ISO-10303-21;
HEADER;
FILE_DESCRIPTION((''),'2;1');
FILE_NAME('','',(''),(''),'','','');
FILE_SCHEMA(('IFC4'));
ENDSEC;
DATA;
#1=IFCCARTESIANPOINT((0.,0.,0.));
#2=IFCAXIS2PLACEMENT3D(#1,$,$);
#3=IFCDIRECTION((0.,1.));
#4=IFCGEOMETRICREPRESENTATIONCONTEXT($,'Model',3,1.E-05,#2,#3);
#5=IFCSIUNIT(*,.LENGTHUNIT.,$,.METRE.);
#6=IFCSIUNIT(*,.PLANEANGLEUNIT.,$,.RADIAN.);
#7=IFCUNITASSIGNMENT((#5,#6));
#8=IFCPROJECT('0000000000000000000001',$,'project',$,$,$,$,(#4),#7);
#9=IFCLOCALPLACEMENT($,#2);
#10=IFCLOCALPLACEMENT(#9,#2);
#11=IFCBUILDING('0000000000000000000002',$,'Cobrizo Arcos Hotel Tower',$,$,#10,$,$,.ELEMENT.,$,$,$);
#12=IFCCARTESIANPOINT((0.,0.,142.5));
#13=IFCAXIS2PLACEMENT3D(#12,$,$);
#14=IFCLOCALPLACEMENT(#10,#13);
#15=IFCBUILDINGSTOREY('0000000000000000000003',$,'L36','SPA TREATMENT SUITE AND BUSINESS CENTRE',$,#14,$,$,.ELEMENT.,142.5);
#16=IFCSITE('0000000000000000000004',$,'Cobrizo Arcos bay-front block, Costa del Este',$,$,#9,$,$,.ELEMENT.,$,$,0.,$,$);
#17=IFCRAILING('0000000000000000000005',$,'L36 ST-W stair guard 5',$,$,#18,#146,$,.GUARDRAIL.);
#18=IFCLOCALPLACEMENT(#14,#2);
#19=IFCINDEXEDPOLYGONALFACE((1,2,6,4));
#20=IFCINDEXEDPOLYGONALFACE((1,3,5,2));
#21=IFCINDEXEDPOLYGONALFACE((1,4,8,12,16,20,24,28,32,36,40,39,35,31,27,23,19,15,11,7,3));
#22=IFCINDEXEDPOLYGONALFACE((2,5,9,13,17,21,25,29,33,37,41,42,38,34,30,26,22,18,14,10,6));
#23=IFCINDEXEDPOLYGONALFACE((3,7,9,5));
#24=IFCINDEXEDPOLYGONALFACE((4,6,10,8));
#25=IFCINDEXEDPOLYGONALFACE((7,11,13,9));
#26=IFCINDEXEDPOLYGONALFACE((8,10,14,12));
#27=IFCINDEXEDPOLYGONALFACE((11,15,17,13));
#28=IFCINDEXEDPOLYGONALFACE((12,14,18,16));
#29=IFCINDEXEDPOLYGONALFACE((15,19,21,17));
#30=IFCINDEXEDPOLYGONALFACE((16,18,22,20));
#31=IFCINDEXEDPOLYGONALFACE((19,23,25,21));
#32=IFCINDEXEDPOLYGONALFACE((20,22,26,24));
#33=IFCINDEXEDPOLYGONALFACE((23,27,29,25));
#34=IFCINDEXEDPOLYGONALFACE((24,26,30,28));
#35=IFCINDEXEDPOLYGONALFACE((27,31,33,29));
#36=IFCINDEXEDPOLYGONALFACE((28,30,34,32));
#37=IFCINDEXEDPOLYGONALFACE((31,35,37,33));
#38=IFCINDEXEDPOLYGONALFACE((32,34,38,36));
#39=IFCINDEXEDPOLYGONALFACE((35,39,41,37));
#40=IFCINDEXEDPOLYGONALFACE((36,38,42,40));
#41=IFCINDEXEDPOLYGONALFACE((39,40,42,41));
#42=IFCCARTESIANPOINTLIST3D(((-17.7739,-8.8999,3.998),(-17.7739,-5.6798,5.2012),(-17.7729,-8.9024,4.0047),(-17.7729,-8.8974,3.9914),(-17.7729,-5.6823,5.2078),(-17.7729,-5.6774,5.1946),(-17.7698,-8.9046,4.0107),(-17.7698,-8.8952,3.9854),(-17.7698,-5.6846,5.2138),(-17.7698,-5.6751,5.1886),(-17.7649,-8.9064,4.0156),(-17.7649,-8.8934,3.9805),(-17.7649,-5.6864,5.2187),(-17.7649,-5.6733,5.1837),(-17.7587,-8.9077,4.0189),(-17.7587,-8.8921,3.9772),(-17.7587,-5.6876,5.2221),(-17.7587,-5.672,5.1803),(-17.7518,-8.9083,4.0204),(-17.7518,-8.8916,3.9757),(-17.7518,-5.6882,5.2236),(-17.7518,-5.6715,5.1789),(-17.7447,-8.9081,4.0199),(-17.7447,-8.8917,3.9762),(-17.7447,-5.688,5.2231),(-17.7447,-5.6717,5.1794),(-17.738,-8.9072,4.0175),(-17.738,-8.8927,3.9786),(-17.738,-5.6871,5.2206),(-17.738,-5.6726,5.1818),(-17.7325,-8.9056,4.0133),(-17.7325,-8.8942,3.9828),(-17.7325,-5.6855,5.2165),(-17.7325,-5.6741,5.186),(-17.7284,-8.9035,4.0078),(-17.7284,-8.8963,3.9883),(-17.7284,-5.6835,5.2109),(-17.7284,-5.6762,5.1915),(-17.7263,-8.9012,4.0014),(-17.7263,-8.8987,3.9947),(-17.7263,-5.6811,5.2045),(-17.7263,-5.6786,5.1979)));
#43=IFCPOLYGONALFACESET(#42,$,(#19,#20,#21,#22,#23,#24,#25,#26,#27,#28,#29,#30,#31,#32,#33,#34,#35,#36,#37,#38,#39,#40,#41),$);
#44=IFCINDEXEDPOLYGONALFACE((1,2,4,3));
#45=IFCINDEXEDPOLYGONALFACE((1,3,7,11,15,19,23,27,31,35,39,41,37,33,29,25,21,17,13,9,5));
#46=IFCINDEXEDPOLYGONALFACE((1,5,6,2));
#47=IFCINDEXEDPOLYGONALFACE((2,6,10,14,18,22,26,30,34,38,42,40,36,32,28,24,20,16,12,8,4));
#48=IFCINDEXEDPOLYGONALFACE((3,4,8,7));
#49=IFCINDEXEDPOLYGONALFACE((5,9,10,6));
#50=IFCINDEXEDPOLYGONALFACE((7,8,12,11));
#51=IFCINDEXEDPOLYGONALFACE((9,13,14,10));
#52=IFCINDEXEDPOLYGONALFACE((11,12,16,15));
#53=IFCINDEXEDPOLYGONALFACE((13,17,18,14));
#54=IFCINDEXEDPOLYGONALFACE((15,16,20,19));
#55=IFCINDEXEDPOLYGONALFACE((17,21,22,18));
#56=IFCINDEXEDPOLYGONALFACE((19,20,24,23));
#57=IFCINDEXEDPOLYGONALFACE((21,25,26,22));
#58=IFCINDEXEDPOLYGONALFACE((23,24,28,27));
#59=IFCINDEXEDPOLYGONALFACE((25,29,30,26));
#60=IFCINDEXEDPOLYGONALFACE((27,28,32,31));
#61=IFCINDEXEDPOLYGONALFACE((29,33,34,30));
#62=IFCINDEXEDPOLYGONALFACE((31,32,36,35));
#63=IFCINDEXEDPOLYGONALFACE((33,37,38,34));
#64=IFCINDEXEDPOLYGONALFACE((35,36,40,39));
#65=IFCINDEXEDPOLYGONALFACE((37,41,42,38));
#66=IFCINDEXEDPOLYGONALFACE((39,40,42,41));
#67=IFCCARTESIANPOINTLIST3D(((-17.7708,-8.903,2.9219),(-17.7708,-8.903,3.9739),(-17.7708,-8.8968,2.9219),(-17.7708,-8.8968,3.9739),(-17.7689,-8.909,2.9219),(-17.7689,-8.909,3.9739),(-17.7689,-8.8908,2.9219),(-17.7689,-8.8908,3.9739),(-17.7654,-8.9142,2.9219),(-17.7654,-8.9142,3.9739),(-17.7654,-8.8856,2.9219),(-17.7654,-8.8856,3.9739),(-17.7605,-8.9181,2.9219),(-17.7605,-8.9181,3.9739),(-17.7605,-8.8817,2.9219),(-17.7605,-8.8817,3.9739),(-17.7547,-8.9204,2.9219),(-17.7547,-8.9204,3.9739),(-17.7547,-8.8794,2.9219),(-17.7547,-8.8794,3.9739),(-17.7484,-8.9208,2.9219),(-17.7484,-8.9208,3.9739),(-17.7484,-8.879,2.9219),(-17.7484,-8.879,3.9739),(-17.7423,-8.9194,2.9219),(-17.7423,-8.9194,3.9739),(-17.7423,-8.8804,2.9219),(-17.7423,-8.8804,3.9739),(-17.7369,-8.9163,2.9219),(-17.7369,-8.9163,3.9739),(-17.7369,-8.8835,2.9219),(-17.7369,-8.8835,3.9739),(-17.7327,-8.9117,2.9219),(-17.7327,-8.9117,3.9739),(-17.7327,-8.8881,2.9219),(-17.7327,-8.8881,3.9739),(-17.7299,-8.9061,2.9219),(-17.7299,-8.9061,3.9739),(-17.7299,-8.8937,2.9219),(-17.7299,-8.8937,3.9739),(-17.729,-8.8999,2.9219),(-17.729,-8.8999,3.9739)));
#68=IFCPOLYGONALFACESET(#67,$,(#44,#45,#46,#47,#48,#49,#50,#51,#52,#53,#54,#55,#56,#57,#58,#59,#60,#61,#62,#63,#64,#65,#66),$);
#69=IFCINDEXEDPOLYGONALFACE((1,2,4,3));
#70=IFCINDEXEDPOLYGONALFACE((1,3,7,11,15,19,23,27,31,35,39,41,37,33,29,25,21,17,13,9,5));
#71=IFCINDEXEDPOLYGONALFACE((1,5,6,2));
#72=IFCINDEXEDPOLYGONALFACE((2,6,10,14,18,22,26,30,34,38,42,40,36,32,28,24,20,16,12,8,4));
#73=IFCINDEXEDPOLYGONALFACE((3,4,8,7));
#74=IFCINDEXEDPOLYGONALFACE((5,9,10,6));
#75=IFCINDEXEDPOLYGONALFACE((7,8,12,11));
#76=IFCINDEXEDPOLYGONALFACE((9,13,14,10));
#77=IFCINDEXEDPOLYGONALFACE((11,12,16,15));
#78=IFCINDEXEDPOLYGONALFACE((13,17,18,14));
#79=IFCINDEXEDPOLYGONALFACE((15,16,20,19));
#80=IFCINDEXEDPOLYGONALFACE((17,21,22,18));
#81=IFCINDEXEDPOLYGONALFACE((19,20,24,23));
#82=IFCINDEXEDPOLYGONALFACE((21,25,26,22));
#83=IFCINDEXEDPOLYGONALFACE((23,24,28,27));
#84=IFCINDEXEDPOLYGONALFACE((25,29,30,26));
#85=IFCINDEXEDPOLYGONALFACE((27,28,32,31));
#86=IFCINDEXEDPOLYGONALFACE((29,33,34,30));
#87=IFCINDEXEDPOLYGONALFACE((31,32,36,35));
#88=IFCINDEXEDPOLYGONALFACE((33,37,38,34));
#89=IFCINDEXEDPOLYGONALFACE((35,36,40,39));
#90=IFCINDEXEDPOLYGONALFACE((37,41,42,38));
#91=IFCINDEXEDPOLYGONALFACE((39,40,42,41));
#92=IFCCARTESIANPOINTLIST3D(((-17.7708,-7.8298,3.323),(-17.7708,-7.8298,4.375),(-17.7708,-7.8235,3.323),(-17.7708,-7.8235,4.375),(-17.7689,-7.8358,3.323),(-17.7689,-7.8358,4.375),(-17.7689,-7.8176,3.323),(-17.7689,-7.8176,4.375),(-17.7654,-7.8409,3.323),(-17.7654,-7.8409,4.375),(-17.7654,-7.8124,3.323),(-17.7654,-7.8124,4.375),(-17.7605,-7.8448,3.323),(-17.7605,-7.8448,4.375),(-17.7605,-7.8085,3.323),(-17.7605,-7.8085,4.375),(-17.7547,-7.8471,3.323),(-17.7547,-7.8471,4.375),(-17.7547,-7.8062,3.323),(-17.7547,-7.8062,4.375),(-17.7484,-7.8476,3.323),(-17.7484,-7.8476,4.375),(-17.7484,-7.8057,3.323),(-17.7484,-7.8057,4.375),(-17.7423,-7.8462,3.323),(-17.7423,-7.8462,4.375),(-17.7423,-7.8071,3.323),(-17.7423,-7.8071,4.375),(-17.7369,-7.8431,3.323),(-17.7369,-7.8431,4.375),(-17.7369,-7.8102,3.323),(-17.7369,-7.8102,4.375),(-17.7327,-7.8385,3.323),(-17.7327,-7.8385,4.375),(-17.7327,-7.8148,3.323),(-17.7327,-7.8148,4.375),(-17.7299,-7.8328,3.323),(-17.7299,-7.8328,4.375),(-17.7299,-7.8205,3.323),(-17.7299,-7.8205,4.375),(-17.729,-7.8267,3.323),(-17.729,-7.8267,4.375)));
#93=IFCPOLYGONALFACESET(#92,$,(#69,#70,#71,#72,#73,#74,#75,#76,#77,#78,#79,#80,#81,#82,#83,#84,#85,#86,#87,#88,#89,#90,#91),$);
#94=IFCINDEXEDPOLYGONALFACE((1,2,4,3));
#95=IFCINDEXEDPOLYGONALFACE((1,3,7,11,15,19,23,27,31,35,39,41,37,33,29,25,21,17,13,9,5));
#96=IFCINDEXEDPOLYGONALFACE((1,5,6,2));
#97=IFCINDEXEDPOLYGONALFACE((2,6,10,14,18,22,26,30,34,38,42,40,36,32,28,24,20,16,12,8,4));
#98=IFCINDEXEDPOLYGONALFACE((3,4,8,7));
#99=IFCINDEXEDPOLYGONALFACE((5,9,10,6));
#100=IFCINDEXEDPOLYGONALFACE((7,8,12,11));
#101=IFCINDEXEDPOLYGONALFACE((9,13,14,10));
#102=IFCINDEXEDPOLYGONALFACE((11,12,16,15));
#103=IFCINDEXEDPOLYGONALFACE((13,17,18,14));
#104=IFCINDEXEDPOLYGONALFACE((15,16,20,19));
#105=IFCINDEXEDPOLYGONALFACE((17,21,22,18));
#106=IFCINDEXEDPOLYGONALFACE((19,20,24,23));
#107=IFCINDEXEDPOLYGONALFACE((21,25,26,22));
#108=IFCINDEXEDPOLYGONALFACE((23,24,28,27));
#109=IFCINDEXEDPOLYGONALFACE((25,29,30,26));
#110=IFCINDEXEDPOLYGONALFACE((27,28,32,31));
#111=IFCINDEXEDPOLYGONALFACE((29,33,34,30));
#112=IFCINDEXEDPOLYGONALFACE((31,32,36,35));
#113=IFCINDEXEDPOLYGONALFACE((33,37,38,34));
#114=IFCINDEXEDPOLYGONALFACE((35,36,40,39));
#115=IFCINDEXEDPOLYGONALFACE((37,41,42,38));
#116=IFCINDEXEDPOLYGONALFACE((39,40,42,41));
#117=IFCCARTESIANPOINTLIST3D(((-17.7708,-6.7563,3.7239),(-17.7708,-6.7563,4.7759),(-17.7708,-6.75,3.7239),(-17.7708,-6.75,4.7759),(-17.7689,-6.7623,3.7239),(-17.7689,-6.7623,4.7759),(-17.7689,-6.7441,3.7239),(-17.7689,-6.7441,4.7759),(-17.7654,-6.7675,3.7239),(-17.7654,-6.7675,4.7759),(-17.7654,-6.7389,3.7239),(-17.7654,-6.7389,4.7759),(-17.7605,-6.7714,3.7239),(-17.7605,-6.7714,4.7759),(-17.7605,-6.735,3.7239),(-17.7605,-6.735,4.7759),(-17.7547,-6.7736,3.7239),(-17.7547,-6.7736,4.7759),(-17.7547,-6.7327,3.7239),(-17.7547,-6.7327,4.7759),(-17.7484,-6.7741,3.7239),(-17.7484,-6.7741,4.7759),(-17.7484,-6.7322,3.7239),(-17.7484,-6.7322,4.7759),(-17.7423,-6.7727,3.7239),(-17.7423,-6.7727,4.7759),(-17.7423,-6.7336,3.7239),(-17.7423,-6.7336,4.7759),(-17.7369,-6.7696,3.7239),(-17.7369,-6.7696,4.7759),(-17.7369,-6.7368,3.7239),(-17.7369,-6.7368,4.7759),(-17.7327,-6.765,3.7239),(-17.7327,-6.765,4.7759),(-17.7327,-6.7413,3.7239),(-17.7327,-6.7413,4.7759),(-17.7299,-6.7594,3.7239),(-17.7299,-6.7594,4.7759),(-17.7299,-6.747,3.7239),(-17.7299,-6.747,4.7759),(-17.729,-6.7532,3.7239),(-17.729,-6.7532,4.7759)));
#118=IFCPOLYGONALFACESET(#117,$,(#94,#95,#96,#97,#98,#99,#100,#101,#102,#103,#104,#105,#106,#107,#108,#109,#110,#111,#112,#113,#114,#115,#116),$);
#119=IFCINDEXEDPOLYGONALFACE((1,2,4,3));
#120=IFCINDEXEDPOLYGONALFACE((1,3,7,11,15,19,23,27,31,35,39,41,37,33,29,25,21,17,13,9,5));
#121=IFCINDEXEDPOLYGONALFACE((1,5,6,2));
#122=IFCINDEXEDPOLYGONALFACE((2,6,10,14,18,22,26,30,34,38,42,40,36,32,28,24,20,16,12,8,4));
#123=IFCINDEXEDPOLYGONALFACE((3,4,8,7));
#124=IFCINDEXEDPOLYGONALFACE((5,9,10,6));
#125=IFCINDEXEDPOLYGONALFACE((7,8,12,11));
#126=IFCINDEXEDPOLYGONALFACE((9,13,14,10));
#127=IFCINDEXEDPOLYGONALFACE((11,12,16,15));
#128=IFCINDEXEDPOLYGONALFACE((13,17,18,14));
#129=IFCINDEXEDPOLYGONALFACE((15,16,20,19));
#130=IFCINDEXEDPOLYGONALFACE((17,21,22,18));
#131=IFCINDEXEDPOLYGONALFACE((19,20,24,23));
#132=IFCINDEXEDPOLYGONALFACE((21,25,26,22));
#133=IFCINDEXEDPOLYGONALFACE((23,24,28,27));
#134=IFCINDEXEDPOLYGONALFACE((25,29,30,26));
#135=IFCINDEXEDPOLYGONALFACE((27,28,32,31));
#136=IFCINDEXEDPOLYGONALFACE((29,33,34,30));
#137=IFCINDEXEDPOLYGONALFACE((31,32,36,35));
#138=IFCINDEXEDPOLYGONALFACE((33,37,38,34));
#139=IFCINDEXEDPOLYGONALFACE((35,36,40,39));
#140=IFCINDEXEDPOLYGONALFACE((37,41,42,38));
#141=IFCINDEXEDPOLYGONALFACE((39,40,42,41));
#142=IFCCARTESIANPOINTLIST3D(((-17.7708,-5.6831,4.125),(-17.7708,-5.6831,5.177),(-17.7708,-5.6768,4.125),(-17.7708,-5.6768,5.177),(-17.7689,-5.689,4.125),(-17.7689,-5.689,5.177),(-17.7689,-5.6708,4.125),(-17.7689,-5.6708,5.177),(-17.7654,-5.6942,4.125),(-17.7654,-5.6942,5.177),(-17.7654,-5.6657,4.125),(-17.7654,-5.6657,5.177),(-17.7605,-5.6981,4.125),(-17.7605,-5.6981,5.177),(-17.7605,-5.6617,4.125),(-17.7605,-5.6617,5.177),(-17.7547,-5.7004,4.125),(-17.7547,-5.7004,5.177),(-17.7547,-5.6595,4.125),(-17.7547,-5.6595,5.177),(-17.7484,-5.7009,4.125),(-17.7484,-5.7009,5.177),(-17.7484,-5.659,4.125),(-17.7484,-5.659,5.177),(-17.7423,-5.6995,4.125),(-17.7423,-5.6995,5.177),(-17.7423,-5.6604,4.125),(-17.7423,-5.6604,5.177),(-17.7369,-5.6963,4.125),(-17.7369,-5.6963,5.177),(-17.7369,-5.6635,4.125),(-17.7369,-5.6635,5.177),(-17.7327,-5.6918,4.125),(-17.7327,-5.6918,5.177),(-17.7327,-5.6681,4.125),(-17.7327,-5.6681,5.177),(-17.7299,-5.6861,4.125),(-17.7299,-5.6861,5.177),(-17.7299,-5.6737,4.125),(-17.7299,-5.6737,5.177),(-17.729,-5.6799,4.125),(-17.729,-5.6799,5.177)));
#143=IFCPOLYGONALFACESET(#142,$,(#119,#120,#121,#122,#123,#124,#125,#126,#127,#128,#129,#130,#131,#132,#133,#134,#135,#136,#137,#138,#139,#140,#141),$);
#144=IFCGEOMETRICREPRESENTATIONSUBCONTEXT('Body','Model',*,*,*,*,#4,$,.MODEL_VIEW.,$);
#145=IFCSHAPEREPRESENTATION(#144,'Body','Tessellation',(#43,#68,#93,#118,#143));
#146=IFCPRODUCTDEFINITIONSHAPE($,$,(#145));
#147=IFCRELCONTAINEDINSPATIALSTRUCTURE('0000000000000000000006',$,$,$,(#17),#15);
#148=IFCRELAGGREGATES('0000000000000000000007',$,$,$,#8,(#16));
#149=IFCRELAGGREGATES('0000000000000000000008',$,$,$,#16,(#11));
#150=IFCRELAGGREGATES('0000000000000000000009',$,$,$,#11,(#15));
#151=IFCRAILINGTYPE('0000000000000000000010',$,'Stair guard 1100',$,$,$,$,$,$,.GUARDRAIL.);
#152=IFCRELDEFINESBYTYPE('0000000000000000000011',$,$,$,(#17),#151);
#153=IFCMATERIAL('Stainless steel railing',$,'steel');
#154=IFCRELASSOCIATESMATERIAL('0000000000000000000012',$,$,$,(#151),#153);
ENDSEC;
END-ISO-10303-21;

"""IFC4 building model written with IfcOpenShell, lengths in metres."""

from ifc_helpers import new_model, si_unit, direction, frame, origin, origin_2d, place, context, subcontext, project, spatial, circle, extrude, material, type_object, element, save


model = new_model("IFC4")

# Units and contexts
model_context = context("Model", 3, precision=1e-05, world=origin(), true_north=direction((0.0, 1.0)))
body_context = subcontext(model_context, "Body", "Model", "MODEL_VIEW")
ifc_project = project(units=[si_unit("LENGTHUNIT", "METRE"), si_unit("PLANEANGLEUNIT", "RADIAN")], contexts=[model_context])

# Site, building, storey
site_placement = place(None, origin())
site = spatial("IfcSite", under=ifc_project, at=site_placement, Name="Cobrizo Arcos bay-front block, Costa del Este", CompositionType="ELEMENT", RefElevation=0.0)
building_placement = place(site_placement, origin())
building = spatial("IfcBuilding", under=site, at=building_placement, Name="Cobrizo Arcos Hotel Tower", CompositionType="ELEMENT")
storey_placement = place(building_placement, frame((0.0, 0.0, 142.5)))
storey = spatial("IfcBuildingStorey", under=building, at=storey_placement, Name="L36", Description="SPA TREATMENT SUITE AND BUSINESS CENTRE", CompositionType="ELEMENT", Elevation=142.5)

# Railing
ifc_material_1 = material(Name="Stainless steel railing", Category="steel")
railing_type_1 = type_object("IfcRailingType", Name="Stair guard 1100", PredefinedType="GUARDRAIL", material=ifc_material_1)
railing_1_placement = place(storey_placement, frame((-17.75, -8.8999, 2.9219)))
element("IfcRailing", 1, at=railing_1_placement, inside=storey, type_object=railing_type_1, Name="L36 ST-W stair guard 5", PredefinedType="GUARDRAIL", context=body_context, shape_type="SweptSolid", body=[
    extrude(circle(Radius=0.0239, at=origin_2d()), frame((0.0, 0.0, 1.0762), z_axis=(0.0, 0.936746, 0.35001), x_axis=(-1.0, 0.0, 0.0)), (0.0, 0.0, 1.0), 3.4375),
    extrude(circle(Radius=0.021, at=origin_2d()), origin(), (0.0, 0.0, 1.0), 1.052),
    extrude(circle(Radius=0.021, at=origin_2d()), frame((0.0, 1.0732, 0.4011)), (0.0, 0.0, 1.0), 1.052),
    extrude(circle(Radius=0.021, at=origin_2d()), frame((0.0, 2.1467, 0.802)), (0.0, 0.0, 1.0), 1.052),
    extrude(circle(Radius=0.021, at=origin_2d()), frame((0.0, 3.22, 1.2031)), (0.0, 0.0, 1.0), 1.052),
])

save(model, "model.ifc")
